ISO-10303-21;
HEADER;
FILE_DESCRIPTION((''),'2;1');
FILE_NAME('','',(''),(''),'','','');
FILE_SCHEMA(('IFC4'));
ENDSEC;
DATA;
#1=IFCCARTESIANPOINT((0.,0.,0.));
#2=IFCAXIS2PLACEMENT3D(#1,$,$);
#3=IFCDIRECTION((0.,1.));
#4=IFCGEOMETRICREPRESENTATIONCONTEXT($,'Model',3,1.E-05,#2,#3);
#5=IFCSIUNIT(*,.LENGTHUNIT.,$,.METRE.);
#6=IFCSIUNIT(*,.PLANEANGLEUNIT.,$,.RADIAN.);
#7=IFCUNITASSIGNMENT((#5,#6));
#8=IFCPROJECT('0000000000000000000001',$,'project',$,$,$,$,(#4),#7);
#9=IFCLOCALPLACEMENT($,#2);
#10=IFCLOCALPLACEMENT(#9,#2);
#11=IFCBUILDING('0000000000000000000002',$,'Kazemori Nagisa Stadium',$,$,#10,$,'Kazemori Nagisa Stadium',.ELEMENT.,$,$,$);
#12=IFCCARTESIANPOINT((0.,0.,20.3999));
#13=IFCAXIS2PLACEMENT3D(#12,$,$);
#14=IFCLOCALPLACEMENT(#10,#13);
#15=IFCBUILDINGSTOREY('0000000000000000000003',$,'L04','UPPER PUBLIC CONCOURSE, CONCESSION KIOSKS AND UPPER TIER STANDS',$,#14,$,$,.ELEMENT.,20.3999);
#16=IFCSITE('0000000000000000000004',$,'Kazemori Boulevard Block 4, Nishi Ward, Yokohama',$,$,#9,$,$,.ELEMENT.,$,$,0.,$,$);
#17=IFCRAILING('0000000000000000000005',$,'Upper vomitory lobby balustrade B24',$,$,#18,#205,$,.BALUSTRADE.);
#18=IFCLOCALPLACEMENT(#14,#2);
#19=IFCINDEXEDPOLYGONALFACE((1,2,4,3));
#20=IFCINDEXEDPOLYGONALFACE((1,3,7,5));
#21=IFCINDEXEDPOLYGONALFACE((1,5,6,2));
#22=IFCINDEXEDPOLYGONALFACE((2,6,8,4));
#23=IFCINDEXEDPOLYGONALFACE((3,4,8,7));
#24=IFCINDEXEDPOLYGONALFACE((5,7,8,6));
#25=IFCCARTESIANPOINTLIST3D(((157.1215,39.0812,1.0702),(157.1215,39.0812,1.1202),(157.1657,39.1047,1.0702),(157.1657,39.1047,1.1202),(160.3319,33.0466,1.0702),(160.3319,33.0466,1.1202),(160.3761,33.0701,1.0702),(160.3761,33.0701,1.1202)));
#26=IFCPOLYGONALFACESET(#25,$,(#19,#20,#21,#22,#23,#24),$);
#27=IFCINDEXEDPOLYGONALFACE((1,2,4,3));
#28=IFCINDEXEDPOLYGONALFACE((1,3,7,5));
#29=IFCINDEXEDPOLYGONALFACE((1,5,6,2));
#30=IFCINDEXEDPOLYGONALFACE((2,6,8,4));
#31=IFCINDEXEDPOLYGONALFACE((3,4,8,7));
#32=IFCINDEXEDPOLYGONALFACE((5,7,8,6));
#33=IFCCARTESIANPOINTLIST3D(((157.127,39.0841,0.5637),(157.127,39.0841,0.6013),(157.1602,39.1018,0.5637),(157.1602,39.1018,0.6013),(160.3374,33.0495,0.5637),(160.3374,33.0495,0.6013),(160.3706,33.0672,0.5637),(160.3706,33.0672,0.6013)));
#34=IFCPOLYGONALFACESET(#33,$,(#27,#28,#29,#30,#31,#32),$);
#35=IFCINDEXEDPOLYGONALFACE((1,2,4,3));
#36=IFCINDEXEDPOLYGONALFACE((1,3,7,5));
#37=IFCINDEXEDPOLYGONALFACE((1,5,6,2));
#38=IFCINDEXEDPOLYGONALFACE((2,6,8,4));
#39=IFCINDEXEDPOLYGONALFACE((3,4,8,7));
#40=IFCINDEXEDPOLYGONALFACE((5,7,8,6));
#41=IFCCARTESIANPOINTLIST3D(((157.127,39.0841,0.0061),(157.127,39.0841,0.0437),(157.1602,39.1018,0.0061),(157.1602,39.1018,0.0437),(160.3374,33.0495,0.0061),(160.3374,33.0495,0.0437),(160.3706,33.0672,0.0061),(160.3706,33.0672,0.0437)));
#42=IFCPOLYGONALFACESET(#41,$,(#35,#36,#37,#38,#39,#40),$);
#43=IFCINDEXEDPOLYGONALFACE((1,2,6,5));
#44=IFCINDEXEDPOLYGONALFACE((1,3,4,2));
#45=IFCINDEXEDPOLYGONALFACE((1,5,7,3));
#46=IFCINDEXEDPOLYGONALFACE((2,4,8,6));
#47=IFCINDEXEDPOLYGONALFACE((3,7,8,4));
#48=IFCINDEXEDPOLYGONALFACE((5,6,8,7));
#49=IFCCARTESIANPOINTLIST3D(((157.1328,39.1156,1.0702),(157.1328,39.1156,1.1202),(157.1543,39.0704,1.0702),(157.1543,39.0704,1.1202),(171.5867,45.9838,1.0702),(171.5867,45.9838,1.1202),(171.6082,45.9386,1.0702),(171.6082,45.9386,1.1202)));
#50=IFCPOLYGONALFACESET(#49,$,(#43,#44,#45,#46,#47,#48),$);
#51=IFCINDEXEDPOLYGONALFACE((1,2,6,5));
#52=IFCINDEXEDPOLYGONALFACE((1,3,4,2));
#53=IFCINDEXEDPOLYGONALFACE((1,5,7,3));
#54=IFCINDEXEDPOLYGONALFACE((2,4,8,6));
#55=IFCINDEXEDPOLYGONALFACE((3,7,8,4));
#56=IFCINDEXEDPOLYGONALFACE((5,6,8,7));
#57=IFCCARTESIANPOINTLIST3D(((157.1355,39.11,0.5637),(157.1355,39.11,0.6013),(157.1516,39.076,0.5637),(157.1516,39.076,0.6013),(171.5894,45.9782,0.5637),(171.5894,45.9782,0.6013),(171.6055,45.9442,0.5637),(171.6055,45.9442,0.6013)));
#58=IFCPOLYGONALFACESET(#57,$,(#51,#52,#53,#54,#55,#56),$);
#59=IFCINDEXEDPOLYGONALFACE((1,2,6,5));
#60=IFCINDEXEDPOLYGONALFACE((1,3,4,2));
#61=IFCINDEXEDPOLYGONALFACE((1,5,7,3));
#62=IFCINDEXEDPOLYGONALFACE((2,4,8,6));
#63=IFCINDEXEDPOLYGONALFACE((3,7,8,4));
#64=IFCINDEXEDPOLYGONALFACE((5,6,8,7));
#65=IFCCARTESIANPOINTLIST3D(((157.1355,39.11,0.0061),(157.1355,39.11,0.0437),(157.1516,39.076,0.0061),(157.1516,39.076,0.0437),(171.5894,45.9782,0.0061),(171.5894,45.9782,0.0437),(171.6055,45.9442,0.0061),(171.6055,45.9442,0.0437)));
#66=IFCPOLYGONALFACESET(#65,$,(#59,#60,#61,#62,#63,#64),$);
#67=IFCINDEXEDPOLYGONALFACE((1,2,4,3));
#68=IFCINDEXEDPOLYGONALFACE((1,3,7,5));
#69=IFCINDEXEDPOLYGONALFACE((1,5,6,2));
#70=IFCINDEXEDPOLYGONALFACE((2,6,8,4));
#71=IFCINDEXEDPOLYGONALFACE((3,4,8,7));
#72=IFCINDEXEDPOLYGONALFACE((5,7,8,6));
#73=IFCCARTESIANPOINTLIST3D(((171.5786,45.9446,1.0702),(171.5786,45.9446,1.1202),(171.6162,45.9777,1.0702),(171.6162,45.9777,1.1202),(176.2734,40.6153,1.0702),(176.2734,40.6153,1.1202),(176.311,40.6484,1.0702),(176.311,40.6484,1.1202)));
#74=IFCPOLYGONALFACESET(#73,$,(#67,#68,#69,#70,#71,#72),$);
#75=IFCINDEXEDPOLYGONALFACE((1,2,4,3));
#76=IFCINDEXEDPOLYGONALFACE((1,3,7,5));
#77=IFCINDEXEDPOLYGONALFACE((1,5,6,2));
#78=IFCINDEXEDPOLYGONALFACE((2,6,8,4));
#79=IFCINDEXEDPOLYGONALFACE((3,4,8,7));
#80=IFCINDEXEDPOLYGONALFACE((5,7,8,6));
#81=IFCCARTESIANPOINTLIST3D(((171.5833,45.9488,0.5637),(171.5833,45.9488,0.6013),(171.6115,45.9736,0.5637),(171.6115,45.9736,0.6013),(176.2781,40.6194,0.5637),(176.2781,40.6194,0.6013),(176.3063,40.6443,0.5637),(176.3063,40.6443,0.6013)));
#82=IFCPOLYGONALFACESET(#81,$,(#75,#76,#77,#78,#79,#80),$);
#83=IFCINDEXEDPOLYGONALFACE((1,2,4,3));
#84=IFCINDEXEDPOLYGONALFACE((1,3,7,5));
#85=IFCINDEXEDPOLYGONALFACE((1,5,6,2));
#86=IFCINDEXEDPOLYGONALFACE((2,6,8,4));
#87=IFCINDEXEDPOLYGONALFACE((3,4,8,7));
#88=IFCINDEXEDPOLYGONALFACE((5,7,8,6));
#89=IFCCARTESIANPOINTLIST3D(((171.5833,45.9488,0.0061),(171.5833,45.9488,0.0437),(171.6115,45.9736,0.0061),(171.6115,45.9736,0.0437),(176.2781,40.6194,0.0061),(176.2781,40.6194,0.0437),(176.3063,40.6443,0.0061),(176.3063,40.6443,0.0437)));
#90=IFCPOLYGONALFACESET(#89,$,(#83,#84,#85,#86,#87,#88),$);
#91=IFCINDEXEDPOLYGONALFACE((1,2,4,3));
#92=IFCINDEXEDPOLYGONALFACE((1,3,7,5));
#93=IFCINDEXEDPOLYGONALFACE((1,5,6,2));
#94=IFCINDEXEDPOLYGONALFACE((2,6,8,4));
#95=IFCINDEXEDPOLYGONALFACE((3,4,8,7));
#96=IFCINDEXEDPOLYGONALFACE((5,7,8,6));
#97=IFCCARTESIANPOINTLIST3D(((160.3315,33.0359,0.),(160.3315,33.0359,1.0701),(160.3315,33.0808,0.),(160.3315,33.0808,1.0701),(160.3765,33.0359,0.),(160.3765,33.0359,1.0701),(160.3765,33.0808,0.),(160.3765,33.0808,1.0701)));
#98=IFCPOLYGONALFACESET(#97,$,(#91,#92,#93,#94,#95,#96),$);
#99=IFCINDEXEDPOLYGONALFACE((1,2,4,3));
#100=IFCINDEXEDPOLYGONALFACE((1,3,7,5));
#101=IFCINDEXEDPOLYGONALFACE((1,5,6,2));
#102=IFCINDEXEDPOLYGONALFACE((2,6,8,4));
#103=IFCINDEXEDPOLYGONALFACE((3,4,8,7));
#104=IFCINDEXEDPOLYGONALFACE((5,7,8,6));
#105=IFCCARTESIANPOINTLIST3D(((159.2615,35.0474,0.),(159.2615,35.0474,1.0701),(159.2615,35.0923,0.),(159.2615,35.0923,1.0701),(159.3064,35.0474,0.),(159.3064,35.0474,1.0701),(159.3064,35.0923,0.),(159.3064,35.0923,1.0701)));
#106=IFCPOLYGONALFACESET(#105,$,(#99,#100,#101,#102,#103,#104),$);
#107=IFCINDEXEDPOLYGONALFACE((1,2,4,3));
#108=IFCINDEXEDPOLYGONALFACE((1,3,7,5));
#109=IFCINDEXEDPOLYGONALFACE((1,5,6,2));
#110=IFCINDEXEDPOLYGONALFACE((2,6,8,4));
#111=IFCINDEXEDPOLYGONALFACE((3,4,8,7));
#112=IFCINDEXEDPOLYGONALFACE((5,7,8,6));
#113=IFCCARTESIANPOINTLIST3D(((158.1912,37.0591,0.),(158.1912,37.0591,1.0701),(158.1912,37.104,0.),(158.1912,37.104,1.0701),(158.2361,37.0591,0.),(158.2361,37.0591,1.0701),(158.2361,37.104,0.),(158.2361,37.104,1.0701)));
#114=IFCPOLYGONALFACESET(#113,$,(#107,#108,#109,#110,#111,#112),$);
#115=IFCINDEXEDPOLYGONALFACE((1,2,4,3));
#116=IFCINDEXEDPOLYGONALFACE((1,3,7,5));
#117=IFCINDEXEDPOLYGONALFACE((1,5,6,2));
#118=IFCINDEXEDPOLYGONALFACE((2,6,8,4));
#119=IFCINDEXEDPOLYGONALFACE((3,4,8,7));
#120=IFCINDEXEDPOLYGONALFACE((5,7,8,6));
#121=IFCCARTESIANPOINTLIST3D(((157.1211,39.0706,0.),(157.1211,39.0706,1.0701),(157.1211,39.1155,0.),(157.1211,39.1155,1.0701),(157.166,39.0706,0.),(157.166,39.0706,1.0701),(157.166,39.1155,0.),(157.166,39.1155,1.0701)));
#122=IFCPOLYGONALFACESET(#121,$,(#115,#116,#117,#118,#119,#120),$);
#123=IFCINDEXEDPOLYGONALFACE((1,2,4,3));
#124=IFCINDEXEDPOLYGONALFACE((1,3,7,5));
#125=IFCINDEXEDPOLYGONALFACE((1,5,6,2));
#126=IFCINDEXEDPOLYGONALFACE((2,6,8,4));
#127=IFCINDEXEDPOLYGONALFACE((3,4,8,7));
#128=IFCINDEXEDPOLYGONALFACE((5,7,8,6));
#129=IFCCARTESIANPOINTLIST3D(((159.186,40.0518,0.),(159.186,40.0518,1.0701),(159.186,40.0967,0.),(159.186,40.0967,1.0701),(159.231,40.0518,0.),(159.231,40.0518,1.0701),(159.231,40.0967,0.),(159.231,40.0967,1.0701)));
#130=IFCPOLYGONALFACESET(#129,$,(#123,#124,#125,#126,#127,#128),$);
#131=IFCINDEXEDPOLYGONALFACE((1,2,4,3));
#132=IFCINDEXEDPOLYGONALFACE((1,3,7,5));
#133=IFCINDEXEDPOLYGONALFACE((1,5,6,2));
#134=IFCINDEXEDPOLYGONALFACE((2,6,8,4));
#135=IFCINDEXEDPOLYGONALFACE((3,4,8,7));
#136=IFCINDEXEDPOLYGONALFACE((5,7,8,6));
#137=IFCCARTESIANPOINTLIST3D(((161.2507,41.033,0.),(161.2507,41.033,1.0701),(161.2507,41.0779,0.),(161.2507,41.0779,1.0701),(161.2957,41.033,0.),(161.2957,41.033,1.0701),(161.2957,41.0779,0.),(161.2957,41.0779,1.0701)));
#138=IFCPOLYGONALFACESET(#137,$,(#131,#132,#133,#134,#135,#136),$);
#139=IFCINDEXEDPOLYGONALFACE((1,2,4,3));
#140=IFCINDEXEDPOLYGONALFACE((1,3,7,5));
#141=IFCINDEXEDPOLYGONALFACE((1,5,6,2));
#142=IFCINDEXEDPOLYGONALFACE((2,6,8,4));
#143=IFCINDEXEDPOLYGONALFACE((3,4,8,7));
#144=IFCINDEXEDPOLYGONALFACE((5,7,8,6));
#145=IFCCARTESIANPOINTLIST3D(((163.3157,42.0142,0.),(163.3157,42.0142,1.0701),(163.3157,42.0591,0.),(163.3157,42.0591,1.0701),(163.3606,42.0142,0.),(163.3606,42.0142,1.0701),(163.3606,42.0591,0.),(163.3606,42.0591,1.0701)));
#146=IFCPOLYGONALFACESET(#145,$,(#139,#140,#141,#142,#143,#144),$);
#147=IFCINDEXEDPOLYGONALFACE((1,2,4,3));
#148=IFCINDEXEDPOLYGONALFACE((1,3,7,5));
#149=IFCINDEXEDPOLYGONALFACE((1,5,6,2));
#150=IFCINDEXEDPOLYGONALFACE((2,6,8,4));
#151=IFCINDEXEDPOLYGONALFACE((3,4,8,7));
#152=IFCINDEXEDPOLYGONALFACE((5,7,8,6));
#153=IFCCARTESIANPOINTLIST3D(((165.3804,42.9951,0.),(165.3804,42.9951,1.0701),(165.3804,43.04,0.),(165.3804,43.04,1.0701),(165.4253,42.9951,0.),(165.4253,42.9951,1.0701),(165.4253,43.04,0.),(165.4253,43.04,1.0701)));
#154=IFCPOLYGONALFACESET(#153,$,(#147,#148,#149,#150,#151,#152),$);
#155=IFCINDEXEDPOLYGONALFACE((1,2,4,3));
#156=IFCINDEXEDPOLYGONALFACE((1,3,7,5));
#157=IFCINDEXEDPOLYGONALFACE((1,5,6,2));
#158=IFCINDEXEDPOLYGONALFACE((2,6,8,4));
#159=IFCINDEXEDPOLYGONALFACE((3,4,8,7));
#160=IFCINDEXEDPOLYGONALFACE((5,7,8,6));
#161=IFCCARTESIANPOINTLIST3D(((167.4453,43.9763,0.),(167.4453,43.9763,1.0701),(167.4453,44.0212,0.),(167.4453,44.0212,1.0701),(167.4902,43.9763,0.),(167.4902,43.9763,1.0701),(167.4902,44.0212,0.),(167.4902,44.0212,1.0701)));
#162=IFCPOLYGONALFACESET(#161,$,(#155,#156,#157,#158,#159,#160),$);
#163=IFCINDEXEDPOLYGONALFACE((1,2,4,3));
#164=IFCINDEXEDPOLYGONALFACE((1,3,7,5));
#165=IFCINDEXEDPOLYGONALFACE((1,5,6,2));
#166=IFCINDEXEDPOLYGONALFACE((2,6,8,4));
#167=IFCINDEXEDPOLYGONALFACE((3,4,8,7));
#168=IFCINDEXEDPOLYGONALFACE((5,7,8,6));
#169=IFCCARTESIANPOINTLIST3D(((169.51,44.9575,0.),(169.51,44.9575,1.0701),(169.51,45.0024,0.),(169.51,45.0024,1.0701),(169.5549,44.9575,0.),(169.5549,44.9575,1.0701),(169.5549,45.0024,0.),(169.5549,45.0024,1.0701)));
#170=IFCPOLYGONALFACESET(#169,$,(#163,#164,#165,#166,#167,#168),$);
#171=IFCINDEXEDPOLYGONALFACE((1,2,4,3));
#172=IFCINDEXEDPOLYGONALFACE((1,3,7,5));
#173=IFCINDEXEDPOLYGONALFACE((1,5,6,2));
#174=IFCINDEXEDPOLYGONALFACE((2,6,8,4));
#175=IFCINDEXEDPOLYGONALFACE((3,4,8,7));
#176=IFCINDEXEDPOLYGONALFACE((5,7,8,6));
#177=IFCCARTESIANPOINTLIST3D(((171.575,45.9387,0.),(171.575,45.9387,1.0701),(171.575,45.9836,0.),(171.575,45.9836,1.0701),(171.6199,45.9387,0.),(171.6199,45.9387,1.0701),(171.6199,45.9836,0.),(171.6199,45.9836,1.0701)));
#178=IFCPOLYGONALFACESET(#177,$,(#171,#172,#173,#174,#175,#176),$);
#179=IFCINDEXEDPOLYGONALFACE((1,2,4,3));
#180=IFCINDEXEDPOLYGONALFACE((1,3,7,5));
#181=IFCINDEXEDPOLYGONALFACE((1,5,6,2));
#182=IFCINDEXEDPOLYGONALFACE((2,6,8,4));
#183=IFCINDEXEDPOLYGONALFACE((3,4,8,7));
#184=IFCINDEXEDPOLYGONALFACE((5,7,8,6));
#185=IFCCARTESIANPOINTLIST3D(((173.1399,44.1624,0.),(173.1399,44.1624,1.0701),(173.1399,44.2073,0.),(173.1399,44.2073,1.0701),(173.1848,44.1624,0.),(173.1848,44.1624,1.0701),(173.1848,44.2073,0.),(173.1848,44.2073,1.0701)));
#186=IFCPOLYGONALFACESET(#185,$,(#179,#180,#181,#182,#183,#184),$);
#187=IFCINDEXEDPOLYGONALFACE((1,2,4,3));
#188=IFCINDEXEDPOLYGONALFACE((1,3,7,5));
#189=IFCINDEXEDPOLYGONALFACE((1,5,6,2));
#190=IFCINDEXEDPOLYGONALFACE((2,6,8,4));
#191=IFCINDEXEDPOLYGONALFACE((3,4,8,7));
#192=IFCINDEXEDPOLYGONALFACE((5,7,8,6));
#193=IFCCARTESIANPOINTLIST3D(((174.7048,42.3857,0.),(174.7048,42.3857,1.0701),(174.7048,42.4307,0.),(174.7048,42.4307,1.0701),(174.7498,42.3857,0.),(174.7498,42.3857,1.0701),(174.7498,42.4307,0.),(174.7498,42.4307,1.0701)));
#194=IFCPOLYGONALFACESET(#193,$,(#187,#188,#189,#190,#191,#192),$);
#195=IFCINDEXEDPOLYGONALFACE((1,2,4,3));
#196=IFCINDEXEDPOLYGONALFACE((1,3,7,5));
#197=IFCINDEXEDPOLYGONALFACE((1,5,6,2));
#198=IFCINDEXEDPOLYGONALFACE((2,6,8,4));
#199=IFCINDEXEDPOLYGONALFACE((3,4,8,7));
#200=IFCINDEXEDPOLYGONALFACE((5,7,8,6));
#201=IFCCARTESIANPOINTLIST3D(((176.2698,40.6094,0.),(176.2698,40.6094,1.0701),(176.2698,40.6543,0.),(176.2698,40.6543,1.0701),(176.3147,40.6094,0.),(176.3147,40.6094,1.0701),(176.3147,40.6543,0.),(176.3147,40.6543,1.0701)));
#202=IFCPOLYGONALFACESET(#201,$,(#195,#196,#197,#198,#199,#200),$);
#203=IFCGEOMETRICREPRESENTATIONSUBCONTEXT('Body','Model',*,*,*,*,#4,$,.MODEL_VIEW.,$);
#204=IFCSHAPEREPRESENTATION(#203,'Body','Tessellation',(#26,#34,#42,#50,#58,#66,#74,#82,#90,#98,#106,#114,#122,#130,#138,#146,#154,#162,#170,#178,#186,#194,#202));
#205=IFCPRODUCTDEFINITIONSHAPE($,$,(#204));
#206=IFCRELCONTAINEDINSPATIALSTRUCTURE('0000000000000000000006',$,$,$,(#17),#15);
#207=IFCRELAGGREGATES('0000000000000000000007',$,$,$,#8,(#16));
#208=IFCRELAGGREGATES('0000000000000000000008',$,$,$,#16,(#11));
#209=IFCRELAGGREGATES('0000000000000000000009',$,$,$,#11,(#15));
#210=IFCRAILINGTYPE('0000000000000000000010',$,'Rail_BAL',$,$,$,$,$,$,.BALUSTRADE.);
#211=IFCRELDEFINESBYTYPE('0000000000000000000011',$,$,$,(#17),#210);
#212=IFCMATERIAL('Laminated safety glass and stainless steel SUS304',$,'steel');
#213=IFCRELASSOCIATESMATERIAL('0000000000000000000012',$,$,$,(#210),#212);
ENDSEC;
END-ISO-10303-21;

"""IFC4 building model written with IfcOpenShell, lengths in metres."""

from ifc_helpers import new_model, si_unit, direction, frame, origin, origin_2d, place, context, subcontext, project, spatial, rectangle, extrude, material, type_object, element, save


model = new_model("IFC4")

# Units and contexts
model_context = context("Model", 3, precision=1e-05, world=origin(), true_north=direction((0.0, 1.0)))
body_context = subcontext(model_context, "Body", "Model", "MODEL_VIEW")
ifc_project = project(units=[si_unit("LENGTHUNIT", "METRE"), si_unit("PLANEANGLEUNIT", "RADIAN")], contexts=[model_context])

# Site, building, storey
site_placement = place(None, origin())
site = spatial("IfcSite", under=ifc_project, at=site_placement, Name="Kazemori Boulevard Block 4, Nishi Ward, Yokohama", CompositionType="ELEMENT", RefElevation=0.0)
building_placement = place(site_placement, origin())
building = spatial("IfcBuilding", under=site, at=building_placement, Name="Kazemori Nagisa Stadium", LongName="Kazemori Nagisa Stadium", CompositionType="ELEMENT")
storey_placement = place(building_placement, frame((0.0, 0.0, 20.3999)))
storey = spatial("IfcBuildingStorey", under=building, at=storey_placement, Name="L04", Description="UPPER PUBLIC CONCOURSE, CONCESSION KIOSKS AND UPPER TIER STANDS", CompositionType="ELEMENT", Elevation=20.3999)

# Railing
ifc_material_1 = material(Name="Laminated safety glass and stainless steel SUS304", Category="steel")
railing_type_1 = type_object("IfcRailingType", Name="Rail_BAL", PredefinedType="BALUSTRADE", material=ifc_material_1)
railing_1_placement = place(storey_placement, frame((160.354, 33.0583, 0.0)))
element("IfcRailing", 1, at=railing_1_placement, inside=storey, type_object=railing_type_1, Name="Upper vomitory lobby balustrade B24", PredefinedType="BALUSTRADE", context=body_context, shape_type="SweptSolid", body=[
    extrude(rectangle(XDim=0.05, YDim=0.05, at=origin_2d()), frame((0.0, 0.0, 1.0952), z_axis=(-0.469672, 0.882841, 0.0), x_axis=(-0.882841, -0.469672, 0.0)), (0.0, 0.0, 1.0), 6.8354),
    extrude(rectangle(XDim=0.0376, YDim=0.0376, at=origin_2d()), frame((0.0, 0.0, 0.5825), z_axis=(-0.469672, 0.882841, 0.0), x_axis=(-0.882841, -0.469672, 0.0)), (0.0, 0.0, 1.0), 6.8354),
    extrude(rectangle(XDim=0.0376, YDim=0.0376, at=origin_2d()), frame((0.0, 0.0, 0.0249), z_axis=(-0.469672, 0.882841, 0.0), x_axis=(-0.882841, -0.469672, 0.0)), (0.0, 0.0, 1.0), 6.8354),
    extrude(rectangle(XDim=0.05, YDim=0.05, at=origin_2d()), frame((-3.2104, 6.0347, 1.0952), z_axis=(0.903215, 0.429188, 0.0), x_axis=(-0.429188, 0.903215, 0.0)), (0.0, 0.0, 1.0), 16.0027),
    extrude(rectangle(XDim=0.0376, YDim=0.0376, at=origin_2d()), frame((-3.2104, 6.0347, 0.5825), z_axis=(0.903215, 0.429188, 0.0), x_axis=(-0.429188, 0.903215, 0.0)), (0.0, 0.0, 1.0), 16.0027),
    extrude(rectangle(XDim=0.0376, YDim=0.0376, at=origin_2d()), frame((-3.2104, 6.0347, 0.0249), z_axis=(0.903215, 0.429188, 0.0), x_axis=(-0.429188, 0.903215, 0.0)), (0.0, 0.0, 1.0), 16.0027),
    extrude(rectangle(XDim=0.05, YDim=0.05, at=origin_2d()), frame((11.2434, 12.9028, 1.0952), z_axis=(0.661025, -0.750364, 0.0), x_axis=(0.750364, 0.661025, 0.0)), (0.0, 0.0, 1.0), 7.1023),
    extrude(rectangle(XDim=0.0376, YDim=0.0376, at=origin_2d()), frame((11.2434, 12.9028, 0.5825), z_axis=(0.661025, -0.750364, 0.0), x_axis=(0.750364, 0.661025, 0.0)), (0.0, 0.0, 1.0), 7.1023),
    extrude(rectangle(XDim=0.0376, YDim=0.0376, at=origin_2d()), frame((11.2434, 12.9028, 0.0249), z_axis=(0.661025, -0.750364, 0.0), x_axis=(0.750364, 0.661025, 0.0)), (0.0, 0.0, 1.0), 7.1023),
    extrude(rectangle(XDim=0.0449, YDim=0.0449, at=origin_2d()), origin(), (0.0, 0.0, 1.0), 1.0701),
    extrude(rectangle(XDim=0.0449, YDim=0.0449, at=origin_2d()), frame((-1.0701, 2.0115, 0.0)), (0.0, 0.0, 1.0), 1.0701),
    extrude(rectangle(XDim=0.0449, YDim=0.0449, at=origin_2d()), frame((-2.1404, 4.0232, 0.0)), (0.0, 0.0, 1.0), 1.0701),
    extrude(rectangle(XDim=0.0449, YDim=0.0449, at=origin_2d()), frame((-3.2104, 6.0347, 0.0)), (0.0, 0.0, 1.0), 1.0701),
    extrude(rectangle(XDim=0.0449, YDim=0.0449, at=origin_2d()), frame((-1.1455, 7.0159, 0.0)), (0.0, 0.0, 1.0), 1.0701),
    extrude(rectangle(XDim=0.0449, YDim=0.0449, at=origin_2d()), frame((0.9192, 7.9971, 0.0)), (0.0, 0.0, 1.0), 1.0701),
    extrude(rectangle(XDim=0.0449, YDim=0.0449, at=origin_2d()), frame((2.9841, 8.9783, 0.0)), (0.0, 0.0, 1.0), 1.0701),
    extrude(rectangle(XDim=0.0449, YDim=0.0449, at=origin_2d()), frame((5.0488, 9.9592, 0.0)), (0.0, 0.0, 1.0), 1.0701),
    extrude(rectangle(XDim=0.0449, YDim=0.0449, at=origin_2d()), frame((7.1138, 10.9404, 0.0)), (0.0, 0.0, 1.0), 1.0701),
    extrude(rectangle(XDim=0.0449, YDim=0.0449, at=origin_2d()), frame((9.1785, 11.9216, 0.0)), (0.0, 0.0, 1.0), 1.0701),
    extrude(rectangle(XDim=0.0449, YDim=0.0449, at=origin_2d()), frame((11.2434, 12.9028, 0.0)), (0.0, 0.0, 1.0), 1.0701),
    extrude(rectangle(XDim=0.0449, YDim=0.0449, at=origin_2d()), frame((12.8083, 11.1265, 0.0)), (0.0, 0.0, 1.0), 1.0701),
    extrude(rectangle(XDim=0.0449, YDim=0.0449, at=origin_2d()), frame((14.3733, 9.3499, 0.0)), (0.0, 0.0, 1.0), 1.0701),
    extrude(rectangle(XDim=0.0449, YDim=0.0449, at=origin_2d()), frame((15.9382, 7.5735, 0.0)), (0.0, 0.0, 1.0), 1.0701),
])

save(model, "model.ifc")
